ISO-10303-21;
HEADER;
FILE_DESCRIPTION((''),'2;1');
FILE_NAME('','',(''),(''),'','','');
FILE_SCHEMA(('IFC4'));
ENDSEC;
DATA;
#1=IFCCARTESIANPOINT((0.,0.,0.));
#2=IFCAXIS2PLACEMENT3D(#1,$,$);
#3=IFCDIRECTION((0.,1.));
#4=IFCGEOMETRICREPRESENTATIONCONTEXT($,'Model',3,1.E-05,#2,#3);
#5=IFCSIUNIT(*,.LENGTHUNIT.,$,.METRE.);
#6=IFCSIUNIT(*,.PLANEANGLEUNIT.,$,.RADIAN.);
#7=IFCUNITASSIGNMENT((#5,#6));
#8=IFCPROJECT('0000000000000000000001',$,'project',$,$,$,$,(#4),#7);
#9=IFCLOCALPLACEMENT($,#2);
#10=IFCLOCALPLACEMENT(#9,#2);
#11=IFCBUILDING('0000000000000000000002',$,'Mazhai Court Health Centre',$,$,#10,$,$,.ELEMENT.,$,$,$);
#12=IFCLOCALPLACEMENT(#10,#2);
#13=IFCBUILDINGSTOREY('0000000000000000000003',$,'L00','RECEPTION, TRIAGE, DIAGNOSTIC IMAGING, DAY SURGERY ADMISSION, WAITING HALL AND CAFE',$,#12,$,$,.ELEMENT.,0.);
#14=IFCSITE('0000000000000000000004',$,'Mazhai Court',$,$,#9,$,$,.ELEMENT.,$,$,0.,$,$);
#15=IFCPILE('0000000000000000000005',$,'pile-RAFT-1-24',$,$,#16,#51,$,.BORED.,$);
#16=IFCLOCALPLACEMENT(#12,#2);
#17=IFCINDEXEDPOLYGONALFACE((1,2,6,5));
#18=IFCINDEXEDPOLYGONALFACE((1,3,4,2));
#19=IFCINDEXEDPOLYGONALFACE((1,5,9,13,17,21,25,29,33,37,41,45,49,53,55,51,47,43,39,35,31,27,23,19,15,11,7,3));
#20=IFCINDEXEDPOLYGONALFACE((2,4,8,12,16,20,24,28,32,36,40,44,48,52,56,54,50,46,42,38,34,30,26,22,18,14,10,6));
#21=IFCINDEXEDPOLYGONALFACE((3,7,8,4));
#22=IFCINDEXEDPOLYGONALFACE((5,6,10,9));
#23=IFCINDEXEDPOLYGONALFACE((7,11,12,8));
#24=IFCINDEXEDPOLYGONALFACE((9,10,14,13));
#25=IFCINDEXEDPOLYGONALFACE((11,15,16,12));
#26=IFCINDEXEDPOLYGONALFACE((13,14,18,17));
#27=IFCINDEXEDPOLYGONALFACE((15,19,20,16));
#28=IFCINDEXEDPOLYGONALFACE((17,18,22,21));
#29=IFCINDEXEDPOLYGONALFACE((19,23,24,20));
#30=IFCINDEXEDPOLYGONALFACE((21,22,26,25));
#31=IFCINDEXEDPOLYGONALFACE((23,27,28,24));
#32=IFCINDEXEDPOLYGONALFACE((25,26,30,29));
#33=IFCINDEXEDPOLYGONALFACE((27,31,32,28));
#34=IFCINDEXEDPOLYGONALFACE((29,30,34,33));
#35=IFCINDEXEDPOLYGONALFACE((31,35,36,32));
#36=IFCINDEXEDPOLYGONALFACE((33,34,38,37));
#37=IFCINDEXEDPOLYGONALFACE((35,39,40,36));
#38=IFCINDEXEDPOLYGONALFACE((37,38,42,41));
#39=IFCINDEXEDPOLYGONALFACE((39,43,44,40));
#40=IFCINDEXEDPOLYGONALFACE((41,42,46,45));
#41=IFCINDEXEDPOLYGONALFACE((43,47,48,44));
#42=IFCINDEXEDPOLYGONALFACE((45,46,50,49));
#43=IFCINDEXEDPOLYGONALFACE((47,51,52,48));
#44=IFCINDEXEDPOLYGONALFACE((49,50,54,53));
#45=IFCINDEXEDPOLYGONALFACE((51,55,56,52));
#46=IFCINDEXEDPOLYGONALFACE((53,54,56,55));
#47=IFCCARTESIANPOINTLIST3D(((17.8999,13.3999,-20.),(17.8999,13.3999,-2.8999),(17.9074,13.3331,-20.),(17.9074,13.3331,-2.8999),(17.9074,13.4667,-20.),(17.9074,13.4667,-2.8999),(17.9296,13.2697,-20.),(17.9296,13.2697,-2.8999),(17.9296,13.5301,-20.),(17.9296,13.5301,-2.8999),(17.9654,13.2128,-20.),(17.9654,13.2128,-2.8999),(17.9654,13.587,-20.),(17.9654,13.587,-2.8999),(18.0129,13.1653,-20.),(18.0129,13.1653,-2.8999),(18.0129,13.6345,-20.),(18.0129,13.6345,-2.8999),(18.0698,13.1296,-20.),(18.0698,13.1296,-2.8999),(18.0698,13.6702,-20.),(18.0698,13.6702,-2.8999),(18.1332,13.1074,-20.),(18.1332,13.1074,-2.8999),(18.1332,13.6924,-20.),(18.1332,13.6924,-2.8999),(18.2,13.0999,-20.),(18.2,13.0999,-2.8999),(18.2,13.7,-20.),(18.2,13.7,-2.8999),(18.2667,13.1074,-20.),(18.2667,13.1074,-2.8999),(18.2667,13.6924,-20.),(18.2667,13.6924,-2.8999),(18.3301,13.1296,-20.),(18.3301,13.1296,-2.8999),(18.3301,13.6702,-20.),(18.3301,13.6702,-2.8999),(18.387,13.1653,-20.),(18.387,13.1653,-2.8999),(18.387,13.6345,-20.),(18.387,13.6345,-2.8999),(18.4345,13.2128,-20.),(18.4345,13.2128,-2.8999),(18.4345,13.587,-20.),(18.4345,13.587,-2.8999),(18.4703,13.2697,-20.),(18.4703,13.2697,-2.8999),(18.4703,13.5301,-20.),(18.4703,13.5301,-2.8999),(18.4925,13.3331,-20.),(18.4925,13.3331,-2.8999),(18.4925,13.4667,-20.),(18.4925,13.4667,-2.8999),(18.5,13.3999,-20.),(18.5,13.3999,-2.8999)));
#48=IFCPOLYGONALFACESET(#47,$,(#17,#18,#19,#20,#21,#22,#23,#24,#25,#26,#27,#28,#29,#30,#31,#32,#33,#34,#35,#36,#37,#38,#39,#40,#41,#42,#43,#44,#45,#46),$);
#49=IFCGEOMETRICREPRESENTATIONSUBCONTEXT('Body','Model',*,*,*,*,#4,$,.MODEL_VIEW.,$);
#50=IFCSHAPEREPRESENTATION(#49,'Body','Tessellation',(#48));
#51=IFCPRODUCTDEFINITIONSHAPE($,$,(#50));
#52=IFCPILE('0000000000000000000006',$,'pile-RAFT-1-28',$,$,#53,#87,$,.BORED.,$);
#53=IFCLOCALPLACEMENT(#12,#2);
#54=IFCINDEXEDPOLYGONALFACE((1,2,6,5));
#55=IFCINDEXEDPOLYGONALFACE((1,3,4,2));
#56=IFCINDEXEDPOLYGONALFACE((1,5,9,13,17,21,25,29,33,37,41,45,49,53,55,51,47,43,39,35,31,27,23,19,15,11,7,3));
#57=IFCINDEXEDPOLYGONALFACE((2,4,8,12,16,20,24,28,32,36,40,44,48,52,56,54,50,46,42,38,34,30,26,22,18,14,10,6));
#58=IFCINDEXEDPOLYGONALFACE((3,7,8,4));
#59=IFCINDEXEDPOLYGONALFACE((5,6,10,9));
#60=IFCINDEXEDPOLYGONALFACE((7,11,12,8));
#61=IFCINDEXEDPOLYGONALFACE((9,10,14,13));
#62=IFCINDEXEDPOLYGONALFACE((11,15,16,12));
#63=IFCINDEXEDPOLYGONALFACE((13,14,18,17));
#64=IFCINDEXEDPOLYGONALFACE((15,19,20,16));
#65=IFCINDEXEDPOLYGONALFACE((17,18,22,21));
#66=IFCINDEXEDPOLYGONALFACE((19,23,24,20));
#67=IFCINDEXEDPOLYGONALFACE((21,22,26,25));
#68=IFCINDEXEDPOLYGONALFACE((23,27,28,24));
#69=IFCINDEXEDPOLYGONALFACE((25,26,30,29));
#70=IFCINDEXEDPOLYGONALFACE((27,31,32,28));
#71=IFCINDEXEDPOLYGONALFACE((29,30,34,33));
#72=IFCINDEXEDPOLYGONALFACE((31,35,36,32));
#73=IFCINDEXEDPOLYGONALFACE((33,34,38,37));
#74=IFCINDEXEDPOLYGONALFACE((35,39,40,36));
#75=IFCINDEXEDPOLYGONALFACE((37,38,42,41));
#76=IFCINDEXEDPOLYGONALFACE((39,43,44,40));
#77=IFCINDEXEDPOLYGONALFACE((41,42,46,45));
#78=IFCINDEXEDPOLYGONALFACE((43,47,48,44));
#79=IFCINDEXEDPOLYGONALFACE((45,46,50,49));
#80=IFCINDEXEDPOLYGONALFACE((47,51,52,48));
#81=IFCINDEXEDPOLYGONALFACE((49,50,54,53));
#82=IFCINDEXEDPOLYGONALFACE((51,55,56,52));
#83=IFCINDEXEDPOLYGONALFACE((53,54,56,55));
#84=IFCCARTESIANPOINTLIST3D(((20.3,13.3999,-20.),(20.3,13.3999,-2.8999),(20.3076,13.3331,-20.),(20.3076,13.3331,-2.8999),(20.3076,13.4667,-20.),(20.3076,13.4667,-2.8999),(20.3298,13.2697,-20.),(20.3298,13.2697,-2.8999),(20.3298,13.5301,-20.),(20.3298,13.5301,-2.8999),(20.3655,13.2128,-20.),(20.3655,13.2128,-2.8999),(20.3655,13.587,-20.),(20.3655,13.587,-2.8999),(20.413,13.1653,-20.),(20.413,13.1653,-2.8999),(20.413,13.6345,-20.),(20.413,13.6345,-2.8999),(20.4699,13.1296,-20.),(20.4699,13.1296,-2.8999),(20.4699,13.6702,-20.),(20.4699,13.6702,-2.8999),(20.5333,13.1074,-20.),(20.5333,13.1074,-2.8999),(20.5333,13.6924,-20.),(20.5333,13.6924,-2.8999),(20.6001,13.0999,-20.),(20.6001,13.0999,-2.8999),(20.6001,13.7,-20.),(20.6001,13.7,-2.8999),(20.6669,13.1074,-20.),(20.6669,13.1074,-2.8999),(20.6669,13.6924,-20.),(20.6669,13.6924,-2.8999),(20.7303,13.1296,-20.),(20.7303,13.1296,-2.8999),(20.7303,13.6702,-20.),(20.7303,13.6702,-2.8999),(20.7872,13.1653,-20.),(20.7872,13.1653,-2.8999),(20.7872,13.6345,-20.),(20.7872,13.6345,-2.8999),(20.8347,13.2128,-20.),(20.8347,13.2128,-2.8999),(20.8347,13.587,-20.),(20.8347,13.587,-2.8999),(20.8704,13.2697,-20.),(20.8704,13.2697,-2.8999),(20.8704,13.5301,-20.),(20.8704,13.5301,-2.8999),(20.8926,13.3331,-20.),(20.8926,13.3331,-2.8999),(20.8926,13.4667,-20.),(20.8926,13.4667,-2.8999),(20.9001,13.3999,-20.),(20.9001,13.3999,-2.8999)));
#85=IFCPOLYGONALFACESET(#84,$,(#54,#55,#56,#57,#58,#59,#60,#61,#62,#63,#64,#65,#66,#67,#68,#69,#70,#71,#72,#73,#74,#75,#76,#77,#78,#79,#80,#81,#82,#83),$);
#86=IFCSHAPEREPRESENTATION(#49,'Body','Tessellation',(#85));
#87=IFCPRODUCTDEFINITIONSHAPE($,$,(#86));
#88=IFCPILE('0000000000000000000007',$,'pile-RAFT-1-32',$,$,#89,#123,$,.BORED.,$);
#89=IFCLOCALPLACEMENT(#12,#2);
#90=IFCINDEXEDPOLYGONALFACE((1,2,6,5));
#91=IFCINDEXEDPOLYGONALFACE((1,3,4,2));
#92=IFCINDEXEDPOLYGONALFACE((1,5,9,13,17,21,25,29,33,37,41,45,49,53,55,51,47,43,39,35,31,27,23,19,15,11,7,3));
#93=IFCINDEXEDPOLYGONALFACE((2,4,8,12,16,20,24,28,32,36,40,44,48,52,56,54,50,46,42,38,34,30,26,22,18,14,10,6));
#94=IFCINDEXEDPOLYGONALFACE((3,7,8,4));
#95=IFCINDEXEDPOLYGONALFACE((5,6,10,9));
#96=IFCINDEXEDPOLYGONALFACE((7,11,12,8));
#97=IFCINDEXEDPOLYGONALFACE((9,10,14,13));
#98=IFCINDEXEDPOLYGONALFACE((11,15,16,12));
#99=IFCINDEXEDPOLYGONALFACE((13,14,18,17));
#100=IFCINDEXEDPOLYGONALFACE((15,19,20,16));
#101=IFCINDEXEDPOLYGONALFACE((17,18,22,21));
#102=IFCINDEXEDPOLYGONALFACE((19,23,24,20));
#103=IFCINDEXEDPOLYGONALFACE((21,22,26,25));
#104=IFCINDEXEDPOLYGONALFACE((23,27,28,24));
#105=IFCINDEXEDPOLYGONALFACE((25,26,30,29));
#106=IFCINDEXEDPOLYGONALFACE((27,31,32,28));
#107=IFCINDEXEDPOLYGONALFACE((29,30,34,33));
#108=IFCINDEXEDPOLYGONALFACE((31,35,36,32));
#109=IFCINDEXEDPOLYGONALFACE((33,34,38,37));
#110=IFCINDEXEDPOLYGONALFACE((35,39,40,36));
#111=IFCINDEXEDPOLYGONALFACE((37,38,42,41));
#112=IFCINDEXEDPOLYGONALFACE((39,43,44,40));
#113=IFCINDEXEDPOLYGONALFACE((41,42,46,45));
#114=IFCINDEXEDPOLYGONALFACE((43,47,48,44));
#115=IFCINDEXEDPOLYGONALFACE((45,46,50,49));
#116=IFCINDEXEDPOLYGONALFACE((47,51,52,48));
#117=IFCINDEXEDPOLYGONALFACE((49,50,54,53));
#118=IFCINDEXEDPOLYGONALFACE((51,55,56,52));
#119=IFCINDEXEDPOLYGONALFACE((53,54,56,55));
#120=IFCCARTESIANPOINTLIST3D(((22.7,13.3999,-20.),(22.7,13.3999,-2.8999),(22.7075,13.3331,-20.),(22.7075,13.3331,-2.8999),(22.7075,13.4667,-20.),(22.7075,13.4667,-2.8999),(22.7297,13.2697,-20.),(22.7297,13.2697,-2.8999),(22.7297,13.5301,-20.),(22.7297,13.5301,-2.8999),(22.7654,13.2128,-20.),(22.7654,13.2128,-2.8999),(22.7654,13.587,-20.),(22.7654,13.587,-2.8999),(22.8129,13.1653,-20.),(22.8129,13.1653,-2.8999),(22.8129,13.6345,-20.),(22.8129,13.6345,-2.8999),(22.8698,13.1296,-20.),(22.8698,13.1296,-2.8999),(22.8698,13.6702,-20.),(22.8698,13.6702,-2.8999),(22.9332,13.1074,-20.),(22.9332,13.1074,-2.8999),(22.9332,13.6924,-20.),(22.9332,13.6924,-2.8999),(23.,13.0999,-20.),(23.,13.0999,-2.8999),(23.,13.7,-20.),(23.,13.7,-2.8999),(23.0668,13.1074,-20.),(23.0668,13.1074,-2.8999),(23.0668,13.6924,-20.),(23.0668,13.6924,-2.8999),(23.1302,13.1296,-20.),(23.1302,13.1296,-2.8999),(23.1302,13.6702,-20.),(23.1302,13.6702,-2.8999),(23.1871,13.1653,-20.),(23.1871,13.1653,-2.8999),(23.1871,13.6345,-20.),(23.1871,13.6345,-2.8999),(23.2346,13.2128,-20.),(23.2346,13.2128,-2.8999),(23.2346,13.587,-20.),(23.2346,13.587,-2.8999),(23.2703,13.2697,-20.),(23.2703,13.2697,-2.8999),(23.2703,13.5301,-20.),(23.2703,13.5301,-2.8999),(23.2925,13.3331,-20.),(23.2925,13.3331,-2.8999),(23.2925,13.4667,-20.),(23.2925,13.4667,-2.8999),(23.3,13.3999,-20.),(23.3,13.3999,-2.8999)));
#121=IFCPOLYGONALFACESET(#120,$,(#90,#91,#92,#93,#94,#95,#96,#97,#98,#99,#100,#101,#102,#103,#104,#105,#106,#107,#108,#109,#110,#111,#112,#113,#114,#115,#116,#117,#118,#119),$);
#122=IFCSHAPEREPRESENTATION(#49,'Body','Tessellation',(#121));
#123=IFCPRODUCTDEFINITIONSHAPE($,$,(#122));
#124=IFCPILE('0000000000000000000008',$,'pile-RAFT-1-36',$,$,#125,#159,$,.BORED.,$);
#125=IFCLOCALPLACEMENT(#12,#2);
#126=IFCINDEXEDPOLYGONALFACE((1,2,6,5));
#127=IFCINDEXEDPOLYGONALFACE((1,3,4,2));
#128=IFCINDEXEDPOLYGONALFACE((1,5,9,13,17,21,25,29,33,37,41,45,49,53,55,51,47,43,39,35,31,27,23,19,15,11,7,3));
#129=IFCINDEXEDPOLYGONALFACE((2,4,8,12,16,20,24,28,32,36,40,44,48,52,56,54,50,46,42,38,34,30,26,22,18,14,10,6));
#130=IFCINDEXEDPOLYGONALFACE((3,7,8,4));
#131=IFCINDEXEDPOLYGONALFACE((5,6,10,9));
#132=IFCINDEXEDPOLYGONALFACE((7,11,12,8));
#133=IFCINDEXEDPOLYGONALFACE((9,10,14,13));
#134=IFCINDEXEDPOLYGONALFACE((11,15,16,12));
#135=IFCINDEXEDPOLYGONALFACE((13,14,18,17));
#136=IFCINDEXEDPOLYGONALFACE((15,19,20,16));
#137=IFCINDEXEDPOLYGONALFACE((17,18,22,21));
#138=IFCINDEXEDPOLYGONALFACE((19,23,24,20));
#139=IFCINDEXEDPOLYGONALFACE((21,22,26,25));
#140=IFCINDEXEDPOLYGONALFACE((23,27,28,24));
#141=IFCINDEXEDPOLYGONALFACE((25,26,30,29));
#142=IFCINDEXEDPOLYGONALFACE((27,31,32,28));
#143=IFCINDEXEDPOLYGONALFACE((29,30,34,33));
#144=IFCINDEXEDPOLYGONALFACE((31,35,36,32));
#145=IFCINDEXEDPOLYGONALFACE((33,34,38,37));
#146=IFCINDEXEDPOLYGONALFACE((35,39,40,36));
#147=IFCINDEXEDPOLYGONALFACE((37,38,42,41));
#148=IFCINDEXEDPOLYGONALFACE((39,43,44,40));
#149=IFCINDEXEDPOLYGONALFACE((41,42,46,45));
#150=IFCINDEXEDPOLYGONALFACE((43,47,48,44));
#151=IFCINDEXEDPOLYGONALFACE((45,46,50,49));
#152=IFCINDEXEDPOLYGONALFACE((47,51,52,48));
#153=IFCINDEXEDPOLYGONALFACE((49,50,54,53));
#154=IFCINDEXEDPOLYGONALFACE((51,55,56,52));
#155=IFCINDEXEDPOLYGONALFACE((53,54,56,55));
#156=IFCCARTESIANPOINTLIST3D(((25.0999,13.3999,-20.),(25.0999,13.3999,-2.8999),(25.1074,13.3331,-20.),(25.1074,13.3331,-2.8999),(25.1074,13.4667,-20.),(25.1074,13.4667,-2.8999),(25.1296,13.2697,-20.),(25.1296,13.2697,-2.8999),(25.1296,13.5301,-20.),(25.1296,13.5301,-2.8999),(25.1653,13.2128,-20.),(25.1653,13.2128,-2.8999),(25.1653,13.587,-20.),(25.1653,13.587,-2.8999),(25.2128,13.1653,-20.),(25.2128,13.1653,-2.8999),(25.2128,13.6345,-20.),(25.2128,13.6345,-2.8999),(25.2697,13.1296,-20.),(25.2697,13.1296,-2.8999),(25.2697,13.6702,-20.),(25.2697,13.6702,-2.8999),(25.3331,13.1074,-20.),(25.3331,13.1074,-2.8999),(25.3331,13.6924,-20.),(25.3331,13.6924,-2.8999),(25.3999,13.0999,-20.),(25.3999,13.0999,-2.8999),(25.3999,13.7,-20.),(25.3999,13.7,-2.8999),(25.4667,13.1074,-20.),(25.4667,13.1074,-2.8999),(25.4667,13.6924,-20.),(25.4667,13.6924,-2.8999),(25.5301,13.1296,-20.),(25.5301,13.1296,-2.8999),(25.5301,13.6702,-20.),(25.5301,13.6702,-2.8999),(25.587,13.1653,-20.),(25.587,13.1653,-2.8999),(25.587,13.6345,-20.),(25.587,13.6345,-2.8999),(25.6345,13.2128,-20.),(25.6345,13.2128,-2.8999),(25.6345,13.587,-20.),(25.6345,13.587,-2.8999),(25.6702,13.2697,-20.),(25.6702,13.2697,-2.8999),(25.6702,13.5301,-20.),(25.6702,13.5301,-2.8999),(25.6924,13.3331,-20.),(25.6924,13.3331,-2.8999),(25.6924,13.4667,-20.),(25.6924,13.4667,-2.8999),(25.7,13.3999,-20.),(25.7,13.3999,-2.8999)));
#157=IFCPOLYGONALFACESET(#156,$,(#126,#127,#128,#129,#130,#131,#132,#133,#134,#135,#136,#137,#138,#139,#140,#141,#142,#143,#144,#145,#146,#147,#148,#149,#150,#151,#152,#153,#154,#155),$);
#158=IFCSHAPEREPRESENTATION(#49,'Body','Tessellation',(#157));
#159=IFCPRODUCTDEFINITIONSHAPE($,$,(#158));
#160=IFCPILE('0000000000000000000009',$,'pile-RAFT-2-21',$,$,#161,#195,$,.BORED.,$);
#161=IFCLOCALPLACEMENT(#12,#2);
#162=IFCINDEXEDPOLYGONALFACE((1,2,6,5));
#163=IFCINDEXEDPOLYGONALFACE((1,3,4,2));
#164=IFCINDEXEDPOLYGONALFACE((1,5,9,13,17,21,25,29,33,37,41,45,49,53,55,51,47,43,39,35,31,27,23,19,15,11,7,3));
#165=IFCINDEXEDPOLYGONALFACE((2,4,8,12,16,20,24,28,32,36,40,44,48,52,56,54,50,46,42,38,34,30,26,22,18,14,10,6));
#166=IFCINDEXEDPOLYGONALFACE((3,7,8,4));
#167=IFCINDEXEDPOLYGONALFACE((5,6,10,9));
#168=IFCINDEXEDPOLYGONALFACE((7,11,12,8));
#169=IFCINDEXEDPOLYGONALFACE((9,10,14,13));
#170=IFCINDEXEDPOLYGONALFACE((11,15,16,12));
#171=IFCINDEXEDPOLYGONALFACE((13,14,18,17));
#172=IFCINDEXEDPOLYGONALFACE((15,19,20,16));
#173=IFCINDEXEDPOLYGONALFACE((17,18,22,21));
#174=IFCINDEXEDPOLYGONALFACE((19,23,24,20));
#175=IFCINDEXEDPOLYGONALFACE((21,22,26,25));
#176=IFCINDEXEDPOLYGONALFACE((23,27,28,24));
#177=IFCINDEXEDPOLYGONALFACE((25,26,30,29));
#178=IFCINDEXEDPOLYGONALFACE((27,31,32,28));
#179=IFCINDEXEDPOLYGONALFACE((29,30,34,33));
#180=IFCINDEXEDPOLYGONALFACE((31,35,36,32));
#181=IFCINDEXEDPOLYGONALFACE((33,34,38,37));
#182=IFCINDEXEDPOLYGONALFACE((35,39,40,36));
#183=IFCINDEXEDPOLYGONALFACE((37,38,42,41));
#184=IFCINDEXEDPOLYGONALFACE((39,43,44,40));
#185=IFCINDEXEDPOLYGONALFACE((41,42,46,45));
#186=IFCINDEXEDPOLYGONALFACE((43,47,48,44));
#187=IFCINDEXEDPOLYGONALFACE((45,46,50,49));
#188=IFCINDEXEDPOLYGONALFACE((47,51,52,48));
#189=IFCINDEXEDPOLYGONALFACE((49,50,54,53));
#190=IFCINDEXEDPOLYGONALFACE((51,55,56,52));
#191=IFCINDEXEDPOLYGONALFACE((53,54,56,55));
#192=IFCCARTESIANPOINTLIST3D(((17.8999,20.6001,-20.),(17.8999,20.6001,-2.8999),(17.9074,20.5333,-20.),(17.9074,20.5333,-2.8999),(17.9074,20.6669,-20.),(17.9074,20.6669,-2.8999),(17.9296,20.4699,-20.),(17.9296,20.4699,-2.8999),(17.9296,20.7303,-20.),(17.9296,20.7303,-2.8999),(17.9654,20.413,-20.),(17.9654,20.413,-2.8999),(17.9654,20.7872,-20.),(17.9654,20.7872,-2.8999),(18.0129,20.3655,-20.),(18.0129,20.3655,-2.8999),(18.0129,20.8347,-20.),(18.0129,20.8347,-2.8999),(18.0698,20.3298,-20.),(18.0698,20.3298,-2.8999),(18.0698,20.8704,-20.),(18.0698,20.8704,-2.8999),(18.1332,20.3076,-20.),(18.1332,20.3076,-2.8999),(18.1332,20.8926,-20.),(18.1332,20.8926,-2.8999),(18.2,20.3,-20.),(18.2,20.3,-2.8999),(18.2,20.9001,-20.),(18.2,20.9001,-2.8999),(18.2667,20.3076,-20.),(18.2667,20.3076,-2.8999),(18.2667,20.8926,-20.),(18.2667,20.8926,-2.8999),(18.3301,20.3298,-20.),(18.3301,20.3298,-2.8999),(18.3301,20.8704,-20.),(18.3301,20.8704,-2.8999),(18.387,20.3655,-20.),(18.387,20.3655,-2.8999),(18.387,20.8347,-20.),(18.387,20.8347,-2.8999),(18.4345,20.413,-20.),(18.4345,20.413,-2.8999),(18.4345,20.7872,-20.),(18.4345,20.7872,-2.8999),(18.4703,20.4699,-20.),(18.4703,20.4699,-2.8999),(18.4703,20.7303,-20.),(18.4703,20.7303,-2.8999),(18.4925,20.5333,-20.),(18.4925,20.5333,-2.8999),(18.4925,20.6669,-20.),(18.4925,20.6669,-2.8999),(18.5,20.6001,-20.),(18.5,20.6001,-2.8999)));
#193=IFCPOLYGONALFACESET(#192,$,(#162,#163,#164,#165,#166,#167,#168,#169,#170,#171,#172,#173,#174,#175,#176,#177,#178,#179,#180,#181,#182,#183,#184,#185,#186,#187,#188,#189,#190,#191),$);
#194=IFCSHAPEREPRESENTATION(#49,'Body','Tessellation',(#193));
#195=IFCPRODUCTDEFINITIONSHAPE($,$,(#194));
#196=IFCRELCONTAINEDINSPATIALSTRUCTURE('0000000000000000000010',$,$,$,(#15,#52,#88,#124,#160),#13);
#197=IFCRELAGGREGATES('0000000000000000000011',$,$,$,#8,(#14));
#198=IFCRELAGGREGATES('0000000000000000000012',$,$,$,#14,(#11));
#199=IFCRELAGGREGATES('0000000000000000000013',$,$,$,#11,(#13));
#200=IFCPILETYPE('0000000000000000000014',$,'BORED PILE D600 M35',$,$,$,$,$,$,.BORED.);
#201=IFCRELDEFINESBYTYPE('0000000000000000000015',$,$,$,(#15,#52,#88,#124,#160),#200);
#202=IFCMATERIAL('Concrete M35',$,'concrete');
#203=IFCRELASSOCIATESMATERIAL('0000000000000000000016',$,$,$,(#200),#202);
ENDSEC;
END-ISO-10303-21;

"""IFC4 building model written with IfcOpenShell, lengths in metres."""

from ifc_helpers import new_model, si_unit, direction, frame, origin, origin_2d, place, context, subcontext, project, spatial, circle, extrude, material, material_profile, profile_set, type_object, element, save


model = new_model("IFC4")

# Units and contexts
model_context = context("Model", 3, precision=1e-05, world=origin(), true_north=direction((0.0, 1.0)))
body_context = subcontext(model_context, "Body", "Model", "MODEL_VIEW")
ifc_project = project(units=[si_unit("LENGTHUNIT", "METRE"), si_unit("PLANEANGLEUNIT", "RADIAN")], contexts=[model_context])

# Site, building, storey
site_placement = place(None, origin())
site = spatial("IfcSite", under=ifc_project, at=site_placement, Name="Mazhai Court", CompositionType="ELEMENT", RefElevation=0.0)
building_placement = place(site_placement, origin())
building = spatial("IfcBuilding", under=site, at=building_placement, Name="Mazhai Court Health Centre", CompositionType="ELEMENT")
storey_placement = place(building_placement, origin())
storey = spatial("IfcBuildingStorey", under=building, at=storey_placement, Name="L00", Description="RECEPTION, TRIAGE, DIAGNOSTIC IMAGING, DAY SURGERY ADMISSION, WAITING HALL AND CAFE", CompositionType="ELEMENT", Elevation=0.0)

# Piles
ifc_material_1 = material(Name="Concrete M35", Category="concrete")
ifc_material_profile_1 = material_profile(ifc_material_1, circle(Radius=0.3, at=origin_2d()), Name="RC PILE D600")
ifc_profile_set_1 = profile_set([ifc_material_profile_1], Name="Concrete M35")
pile_type = type_object("IfcPileType", Name="BORED PILE D600 M35", PredefinedType="BORED", material=ifc_profile_set_1)
for number, where, z_axis, x_axis, name in (
    (1, (18.2, 13.3999, -2.8999), (0.0, 0.0, -1.0), (1.0, 0.0, 0.0), "pile-RAFT-1-24"),
    (2, (20.6001, 13.3999, -2.8999), (0.0, 0.0, -1.0), (1.0, 0.0, 0.0), "pile-RAFT-1-28"),
    (3, (23.0, 13.3999, -2.8999), (0.0, 0.0, -1.0), (1.0, 0.0, 0.0), "pile-RAFT-1-32"),
    (4, (25.3999, 13.3999, -2.8999), (0.0, 0.0, -1.0), (1.0, 0.0, 0.0), "pile-RAFT-1-36"),
    (5, (18.2, 20.6001, -2.8999), (0.0, 0.0, -1.0), (1.0, 0.0, 0.0), "pile-RAFT-2-21"),
):
    element("IfcPile", number, at=place(storey_placement, frame(where, z_axis=z_axis, x_axis=x_axis)), inside=storey, type_object=pile_type, Name=name, PredefinedType="BORED", context=body_context, shape_type="SweptSolid", body=[
        extrude(circle(Radius=0.3, at=origin_2d()), origin(), (0.0, 0.0, 1.0), 17.1001),
    ])

save(model, "model.ifc")
